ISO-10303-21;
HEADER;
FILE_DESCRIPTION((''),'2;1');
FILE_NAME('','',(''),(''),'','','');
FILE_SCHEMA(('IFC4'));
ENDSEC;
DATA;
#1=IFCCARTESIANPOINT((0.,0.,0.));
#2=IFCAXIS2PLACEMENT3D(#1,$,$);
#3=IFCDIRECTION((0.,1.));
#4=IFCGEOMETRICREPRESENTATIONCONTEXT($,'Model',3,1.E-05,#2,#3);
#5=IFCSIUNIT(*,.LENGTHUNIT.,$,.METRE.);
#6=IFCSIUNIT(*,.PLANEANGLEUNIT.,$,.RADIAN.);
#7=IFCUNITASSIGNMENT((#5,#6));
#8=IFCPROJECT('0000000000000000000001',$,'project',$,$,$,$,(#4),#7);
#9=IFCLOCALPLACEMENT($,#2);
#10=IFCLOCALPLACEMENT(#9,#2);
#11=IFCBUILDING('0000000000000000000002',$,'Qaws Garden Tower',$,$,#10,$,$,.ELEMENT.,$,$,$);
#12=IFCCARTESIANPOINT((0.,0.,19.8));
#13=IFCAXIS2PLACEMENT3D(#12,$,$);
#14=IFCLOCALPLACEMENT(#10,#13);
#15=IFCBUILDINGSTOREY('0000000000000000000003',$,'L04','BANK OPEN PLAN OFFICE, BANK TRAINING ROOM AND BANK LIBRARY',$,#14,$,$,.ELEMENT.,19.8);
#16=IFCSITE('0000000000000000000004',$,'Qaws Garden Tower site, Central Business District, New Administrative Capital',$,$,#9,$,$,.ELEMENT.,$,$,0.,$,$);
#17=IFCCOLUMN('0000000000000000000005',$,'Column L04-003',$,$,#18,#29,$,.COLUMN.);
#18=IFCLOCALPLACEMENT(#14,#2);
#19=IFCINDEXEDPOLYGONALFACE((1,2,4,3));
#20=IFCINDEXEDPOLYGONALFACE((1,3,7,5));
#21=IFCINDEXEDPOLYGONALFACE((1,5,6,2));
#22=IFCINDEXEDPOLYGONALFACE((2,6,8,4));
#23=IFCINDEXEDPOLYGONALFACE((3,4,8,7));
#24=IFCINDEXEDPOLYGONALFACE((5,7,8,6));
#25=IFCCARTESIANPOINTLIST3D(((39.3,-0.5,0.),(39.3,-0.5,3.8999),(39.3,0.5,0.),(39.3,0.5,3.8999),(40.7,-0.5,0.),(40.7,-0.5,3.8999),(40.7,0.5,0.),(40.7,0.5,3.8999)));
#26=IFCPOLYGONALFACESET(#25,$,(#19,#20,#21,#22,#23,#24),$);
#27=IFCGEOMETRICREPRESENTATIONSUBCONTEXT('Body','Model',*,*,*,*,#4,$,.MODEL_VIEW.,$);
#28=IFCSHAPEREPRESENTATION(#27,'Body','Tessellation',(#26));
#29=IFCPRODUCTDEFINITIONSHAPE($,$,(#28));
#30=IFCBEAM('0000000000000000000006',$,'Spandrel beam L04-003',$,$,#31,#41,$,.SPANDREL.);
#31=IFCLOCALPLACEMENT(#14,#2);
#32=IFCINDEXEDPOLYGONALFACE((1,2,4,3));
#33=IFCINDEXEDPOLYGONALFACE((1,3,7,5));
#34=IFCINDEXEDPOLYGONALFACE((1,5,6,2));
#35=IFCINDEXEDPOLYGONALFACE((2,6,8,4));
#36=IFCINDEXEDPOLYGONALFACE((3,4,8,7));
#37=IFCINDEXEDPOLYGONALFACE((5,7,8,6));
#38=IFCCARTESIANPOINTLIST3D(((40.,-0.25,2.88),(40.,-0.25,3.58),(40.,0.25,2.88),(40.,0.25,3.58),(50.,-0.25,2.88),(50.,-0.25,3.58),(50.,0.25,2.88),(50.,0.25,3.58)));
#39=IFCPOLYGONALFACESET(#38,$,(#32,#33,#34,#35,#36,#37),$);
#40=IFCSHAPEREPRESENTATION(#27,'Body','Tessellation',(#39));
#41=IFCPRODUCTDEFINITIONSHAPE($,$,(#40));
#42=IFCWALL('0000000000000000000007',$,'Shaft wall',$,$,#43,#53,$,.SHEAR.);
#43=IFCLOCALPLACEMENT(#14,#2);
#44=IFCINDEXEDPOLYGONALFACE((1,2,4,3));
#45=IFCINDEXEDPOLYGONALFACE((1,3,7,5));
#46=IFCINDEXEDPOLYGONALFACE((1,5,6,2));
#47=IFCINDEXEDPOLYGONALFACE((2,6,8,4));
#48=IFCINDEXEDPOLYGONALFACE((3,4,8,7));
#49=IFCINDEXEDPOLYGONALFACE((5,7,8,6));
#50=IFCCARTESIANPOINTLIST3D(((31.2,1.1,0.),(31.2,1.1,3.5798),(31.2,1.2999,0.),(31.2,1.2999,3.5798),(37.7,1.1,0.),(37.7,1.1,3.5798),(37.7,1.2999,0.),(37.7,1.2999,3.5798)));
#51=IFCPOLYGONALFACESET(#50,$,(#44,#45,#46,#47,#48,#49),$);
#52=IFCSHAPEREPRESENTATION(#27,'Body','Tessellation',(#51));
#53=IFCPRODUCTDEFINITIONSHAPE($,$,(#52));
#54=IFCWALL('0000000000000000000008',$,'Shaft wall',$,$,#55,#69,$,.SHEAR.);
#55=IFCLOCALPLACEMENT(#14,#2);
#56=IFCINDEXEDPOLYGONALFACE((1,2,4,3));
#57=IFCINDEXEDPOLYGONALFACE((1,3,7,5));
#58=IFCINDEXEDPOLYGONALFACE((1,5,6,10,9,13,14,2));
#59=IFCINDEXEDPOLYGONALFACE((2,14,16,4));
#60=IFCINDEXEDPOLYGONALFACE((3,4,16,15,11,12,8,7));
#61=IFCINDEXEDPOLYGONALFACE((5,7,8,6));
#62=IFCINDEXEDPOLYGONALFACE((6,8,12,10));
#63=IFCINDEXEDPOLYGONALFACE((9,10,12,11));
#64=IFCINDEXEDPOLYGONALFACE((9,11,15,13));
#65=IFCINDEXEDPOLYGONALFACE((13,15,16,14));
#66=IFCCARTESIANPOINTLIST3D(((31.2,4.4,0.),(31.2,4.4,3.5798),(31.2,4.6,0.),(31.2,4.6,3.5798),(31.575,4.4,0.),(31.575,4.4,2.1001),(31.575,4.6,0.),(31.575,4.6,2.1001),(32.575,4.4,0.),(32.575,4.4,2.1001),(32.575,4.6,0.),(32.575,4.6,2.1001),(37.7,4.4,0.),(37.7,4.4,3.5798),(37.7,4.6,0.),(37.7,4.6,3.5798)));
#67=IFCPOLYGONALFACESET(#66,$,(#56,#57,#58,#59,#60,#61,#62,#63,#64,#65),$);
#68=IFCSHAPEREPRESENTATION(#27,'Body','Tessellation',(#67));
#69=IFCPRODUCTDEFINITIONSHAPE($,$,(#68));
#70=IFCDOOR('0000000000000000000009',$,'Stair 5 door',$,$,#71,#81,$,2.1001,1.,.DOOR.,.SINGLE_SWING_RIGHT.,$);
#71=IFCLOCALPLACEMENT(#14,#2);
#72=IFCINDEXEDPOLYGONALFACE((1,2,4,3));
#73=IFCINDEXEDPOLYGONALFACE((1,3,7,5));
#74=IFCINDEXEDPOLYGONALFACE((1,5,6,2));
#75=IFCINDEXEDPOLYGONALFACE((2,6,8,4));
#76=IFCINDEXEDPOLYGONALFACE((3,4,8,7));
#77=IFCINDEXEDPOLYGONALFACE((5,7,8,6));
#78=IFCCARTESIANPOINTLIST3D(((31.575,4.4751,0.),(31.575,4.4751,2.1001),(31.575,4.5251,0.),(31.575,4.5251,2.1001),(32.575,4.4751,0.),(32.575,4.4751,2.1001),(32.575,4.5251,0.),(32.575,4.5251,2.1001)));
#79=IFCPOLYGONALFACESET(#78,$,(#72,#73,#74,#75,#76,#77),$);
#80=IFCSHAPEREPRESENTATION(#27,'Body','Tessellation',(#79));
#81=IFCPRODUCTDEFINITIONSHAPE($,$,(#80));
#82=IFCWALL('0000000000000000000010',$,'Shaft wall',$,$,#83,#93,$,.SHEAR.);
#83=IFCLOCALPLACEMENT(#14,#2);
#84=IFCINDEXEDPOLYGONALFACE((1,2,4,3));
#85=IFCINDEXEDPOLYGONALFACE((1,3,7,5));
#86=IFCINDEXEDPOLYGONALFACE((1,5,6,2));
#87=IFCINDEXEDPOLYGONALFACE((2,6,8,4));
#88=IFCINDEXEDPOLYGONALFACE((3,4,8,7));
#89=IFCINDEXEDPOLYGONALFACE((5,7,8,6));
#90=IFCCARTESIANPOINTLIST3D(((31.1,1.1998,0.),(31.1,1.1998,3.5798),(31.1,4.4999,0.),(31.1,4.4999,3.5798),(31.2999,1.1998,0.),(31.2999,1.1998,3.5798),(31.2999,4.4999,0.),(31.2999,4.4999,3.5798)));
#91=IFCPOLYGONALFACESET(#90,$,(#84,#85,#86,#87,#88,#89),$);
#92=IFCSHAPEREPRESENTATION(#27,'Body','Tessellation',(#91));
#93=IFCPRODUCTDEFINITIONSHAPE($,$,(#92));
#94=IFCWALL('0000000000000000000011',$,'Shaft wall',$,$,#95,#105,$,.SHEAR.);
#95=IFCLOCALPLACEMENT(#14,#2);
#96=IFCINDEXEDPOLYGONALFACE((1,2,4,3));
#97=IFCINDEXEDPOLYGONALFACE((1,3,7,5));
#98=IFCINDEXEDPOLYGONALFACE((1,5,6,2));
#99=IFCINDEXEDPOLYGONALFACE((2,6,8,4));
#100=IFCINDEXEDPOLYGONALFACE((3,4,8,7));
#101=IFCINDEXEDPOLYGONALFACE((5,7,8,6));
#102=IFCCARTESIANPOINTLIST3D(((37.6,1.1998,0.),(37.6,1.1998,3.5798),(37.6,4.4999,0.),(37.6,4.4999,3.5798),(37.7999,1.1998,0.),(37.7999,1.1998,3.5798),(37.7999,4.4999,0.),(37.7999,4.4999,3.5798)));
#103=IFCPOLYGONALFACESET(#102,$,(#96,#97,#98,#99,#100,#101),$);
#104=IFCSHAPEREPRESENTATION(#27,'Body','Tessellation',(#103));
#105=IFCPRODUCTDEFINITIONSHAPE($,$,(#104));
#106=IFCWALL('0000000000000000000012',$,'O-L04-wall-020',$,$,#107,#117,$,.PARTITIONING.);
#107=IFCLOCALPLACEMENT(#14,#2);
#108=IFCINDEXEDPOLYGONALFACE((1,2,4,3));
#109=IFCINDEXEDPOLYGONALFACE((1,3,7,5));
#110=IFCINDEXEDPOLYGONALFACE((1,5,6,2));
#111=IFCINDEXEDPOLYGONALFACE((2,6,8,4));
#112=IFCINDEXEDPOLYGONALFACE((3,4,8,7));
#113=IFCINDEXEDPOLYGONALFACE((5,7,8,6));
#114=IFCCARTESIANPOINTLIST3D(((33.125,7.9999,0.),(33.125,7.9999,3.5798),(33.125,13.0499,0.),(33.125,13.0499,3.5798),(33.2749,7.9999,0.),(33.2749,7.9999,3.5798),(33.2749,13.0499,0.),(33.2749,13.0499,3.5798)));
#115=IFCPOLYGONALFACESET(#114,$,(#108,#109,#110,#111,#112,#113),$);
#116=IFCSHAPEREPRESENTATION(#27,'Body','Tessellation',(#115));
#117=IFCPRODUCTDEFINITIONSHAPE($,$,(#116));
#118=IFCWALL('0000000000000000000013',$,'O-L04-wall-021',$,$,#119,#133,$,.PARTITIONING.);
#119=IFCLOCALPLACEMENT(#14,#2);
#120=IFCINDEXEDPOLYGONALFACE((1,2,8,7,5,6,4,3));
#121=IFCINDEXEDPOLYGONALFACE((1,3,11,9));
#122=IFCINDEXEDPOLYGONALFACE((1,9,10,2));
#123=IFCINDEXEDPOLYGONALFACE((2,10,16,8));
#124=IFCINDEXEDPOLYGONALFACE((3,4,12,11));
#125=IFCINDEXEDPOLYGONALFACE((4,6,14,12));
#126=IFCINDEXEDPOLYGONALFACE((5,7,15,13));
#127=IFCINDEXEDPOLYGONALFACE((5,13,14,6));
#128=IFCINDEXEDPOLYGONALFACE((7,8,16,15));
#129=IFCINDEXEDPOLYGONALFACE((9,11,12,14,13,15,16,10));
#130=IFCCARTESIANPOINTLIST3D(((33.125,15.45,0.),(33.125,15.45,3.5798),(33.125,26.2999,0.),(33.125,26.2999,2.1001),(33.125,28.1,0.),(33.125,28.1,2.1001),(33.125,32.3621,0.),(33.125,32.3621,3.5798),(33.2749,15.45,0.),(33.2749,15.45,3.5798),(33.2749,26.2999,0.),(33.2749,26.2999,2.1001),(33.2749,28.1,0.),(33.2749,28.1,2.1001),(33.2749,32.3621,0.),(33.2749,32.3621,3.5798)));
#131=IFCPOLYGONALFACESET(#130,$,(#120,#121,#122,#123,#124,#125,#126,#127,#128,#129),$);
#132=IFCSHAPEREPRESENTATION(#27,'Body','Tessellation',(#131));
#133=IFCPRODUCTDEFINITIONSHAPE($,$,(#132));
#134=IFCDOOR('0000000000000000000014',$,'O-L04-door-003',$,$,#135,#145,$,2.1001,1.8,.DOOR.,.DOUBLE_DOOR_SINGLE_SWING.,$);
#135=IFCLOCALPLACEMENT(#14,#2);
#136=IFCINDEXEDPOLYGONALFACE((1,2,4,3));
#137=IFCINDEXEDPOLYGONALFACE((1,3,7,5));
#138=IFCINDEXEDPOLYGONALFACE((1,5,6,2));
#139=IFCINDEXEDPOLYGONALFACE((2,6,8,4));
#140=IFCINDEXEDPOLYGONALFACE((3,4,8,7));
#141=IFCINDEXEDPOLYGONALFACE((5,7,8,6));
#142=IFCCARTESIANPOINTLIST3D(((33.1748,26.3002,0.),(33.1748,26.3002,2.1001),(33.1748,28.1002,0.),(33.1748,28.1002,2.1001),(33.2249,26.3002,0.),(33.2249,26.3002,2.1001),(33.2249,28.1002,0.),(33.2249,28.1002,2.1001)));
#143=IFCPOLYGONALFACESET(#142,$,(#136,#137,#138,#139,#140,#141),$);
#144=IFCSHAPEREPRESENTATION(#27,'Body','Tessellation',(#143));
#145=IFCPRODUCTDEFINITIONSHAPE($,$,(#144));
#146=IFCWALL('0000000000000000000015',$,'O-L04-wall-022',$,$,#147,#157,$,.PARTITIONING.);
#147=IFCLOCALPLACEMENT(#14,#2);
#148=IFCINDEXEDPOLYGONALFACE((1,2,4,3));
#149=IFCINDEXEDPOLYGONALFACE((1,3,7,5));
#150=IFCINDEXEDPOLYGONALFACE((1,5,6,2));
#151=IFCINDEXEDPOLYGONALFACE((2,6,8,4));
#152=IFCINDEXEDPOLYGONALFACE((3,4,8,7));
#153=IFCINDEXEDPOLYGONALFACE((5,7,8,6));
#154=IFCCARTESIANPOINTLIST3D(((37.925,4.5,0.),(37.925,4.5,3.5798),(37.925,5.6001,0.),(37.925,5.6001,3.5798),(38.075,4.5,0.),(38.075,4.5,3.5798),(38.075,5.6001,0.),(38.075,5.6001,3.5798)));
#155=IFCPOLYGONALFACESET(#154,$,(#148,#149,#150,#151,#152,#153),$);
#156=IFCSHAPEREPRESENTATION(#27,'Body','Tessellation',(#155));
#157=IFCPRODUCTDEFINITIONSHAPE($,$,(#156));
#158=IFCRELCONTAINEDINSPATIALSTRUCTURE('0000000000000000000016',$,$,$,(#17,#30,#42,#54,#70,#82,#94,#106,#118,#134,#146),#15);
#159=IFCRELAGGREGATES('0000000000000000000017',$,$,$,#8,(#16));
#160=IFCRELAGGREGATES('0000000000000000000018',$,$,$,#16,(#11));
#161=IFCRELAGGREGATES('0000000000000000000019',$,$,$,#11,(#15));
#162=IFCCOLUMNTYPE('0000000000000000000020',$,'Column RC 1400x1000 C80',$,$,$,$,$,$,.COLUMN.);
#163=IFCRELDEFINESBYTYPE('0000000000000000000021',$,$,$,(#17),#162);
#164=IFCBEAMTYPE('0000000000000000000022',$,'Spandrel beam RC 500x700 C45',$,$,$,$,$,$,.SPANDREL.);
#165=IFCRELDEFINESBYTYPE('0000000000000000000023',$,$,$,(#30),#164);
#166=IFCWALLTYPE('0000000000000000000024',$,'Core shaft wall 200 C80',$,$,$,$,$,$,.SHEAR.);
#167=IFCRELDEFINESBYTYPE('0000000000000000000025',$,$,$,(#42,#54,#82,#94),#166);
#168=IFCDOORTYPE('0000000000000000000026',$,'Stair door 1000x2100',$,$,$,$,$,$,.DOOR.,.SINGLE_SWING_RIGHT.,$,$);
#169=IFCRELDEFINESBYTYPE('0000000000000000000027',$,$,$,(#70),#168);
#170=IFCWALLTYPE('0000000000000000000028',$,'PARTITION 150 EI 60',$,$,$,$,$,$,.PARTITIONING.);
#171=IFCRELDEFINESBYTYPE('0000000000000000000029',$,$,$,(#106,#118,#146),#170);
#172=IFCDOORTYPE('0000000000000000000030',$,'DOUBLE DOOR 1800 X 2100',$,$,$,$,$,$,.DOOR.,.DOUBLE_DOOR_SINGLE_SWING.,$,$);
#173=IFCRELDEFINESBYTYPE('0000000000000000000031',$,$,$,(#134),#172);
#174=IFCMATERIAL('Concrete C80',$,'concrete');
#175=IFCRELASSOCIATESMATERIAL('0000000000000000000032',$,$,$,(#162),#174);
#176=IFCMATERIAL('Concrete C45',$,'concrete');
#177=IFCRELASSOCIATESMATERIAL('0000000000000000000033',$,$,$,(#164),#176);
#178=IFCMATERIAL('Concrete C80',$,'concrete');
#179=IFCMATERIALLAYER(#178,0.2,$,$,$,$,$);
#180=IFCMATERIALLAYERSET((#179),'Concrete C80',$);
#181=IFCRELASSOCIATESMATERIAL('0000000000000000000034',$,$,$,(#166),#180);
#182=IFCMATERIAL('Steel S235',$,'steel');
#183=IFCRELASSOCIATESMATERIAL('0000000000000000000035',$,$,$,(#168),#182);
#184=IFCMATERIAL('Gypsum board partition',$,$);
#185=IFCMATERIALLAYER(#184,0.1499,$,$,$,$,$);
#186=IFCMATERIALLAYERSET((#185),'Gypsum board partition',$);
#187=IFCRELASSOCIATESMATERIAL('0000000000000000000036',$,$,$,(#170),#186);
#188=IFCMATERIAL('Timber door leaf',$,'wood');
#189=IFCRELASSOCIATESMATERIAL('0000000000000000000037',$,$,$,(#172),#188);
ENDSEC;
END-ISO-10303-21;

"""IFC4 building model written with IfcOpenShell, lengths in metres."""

from ifc_helpers import new_model, si_unit, direction, frame, frame_2d, origin, origin_2d, place, context, subcontext, project, spatial, rectangle, extrude, material, layer, layer_set, material_profile, profile_set, type_object, element, fill, save


model = new_model("IFC4")

# Units and contexts
model_context = context("Model", 3, precision=1e-05, world=origin(), true_north=direction((0.0, 1.0)))
body_context = subcontext(model_context, "Body", "Model", "MODEL_VIEW")
ifc_project = project(units=[si_unit("LENGTHUNIT", "METRE"), si_unit("PLANEANGLEUNIT", "RADIAN")], contexts=[model_context])

# Site, building, storey
site_placement = place(None, origin())
site = spatial("IfcSite", under=ifc_project, at=site_placement, Name="Qaws Garden Tower site, Central Business District, New Administrative Capital", CompositionType="ELEMENT", RefElevation=0.0)
building_placement = place(site_placement, origin())
building = spatial("IfcBuilding", under=site, at=building_placement, Name="Qaws Garden Tower", CompositionType="ELEMENT")
storey_placement = place(building_placement, frame((0.0, 0.0, 19.8)))
storey = spatial("IfcBuildingStorey", under=building, at=storey_placement, Name="L04", Description="BANK OPEN PLAN OFFICE, BANK TRAINING ROOM AND BANK LIBRARY", CompositionType="ELEMENT", Elevation=19.8)

# Column
ifc_material_1 = material(Name="Concrete C80", Category="concrete")
ifc_material_profile_1 = material_profile(ifc_material_1, rectangle(XDim=1.3999, YDim=1.0, at=origin_2d()), Name="RC 1400x1000")
ifc_profile_set_1 = profile_set([ifc_material_profile_1], Name="Concrete C80")
column_type = type_object("IfcColumnType", Name="Column RC 1400x1000 C80", PredefinedType="COLUMN", material=ifc_profile_set_1)
column_placement = place(storey_placement, frame((40.0, 0.0, 0.0), z_axis=(0.0, 0.0, 1.0), x_axis=(1.0, 0.0, 0.0)))
element("IfcColumn", 1, at=column_placement, inside=storey, type_object=column_type, Name="Column L04-003", PredefinedType="COLUMN", context=body_context, shape_type="SweptSolid", body=[
    extrude(rectangle(XDim=1.3999, YDim=1.0, at=origin_2d()), origin(), (0.0, 0.0, 1.0), 3.8999),
])

# Beam
ifc_material_2 = material(Name="Concrete C45", Category="concrete")
ifc_material_profile_2 = material_profile(ifc_material_2, rectangle(XDim=0.5, YDim=0.7, at=origin_2d()), Name="RC 500x700")
ifc_profile_set_2 = profile_set([ifc_material_profile_2], Name="Concrete C45")
beam_type = type_object("IfcBeamType", Name="Spandrel beam RC 500x700 C45", PredefinedType="SPANDREL", material=ifc_profile_set_2)
beam_placement = place(storey_placement, frame((40.0, 0.0, 3.23), z_axis=(1.0, 0.0, 0.0), x_axis=(0.0, 1.0, 0.0)))
element("IfcBeam", 2, at=beam_placement, inside=storey, type_object=beam_type, Name="Spandrel beam L04-003", PredefinedType="SPANDREL", context=body_context, shape_type="SweptSolid", body=[
    extrude(rectangle(XDim=0.5, YDim=0.7, at=origin_2d()), origin(), (0.0, 0.0, 1.0), 10.0),
])

# Wall
ifc_material_3 = material(Name="Concrete C80", Category="concrete")
ifc_layer_1 = layer(ifc_material_3, 0.2)
ifc_layer_set_1 = layer_set([ifc_layer_1], Name="Concrete C80")
wall_type_1 = type_object("IfcWallType", Name="Core shaft wall 200 C80", PredefinedType="SHEAR", material=ifc_layer_set_1)
wall_1_placement = place(storey_placement, frame((31.2, 1.2, 0.0), z_axis=(0.0, 0.0, 1.0), x_axis=(1.0, 0.0, 0.0)))
element("IfcWall", 3, at=wall_1_placement, inside=storey, type_object=wall_type_1, Name="Shaft wall", PredefinedType="SHEAR", context=body_context, shape_type="SweptSolid", body=[
    extrude(rectangle(XDim=6.5, YDim=0.2, at=frame_2d((3.25, 0.0))), origin(), (0.0, 0.0, 1.0), 3.5798),
])

# Wall, opening, door
wall_2_placement = place(storey_placement, frame((31.2, 4.5, 0.0), z_axis=(0.0, 0.0, 1.0), x_axis=(1.0, 0.0, 0.0)))
wall_2 = element("IfcWall", 4, at=wall_2_placement, inside=storey, type_object=wall_type_1, Name="Shaft wall", PredefinedType="SHEAR", context=body_context, shape_type="SweptSolid", body=[
    extrude(rectangle(XDim=6.5, YDim=0.2, at=frame_2d((3.25, 0.0))), origin(), (0.0, 0.0, 1.0), 3.5798),
])
opening_1_placement = place(wall_2_placement, frame((0.375, 0.0, 0.0)))
opening_1 = element("IfcOpeningElement", 5, at=opening_1_placement, cuts=wall_2, PredefinedType="OPENING", context=body_context, shape_type="SweptSolid", body=[
    extrude(rectangle(XDim=1.0, YDim=2.1001, at=frame_2d((0.5, 1.05))), frame((0.0, 0.1099, 0.0), z_axis=(0.0, -1.0, 0.0), x_axis=(1.0, 0.0, 0.0)), (0.0, 0.0, 1.0), 0.22),
])
ifc_material_4 = material(Name="Steel S235", Category="steel")
door_type_1 = type_object("IfcDoorType", Name="Stair door 1000x2100", OperationType="SINGLE_SWING_RIGHT", PredefinedType="DOOR", material=ifc_material_4)
door_1_placement = place(opening_1_placement, frame((1.0, 0.0, 0.0), z_axis=(0.0, 0.0, 1.0), x_axis=(-1.0, 0.0, 0.0)))
door_1 = element("IfcDoor", 6, at=door_1_placement, inside=storey, type_object=door_type_1, Name="Stair 5 door", OperationType="SINGLE_SWING_RIGHT", OverallHeight=2.1001, OverallWidth=1.0, PredefinedType="DOOR", context=body_context, shape_type="SweptSolid", body=[
    extrude(rectangle(XDim=1.0, YDim=2.1001, at=frame_2d((0.5, 1.05))), frame((0.0, 0.0249, 0.0), z_axis=(0.0, -1.0, 0.0), x_axis=(1.0, 0.0, 0.0)), (0.0, 0.0, 1.0), 0.05),
])
fill(opening_1, door_1)

# Walls
for number, where, z_axis, x_axis, name in (
    (7, (31.2, 1.2, 0.0), (0.0, 0.0, 1.0), (0.0, 1.0, 0.0), "Shaft wall"),
    (8, (37.7, 1.2, 0.0), (0.0, 0.0, 1.0), (0.0, 1.0, 0.0), "Shaft wall"),
):
    element("IfcWall", number, at=place(storey_placement, frame(where, z_axis=z_axis, x_axis=x_axis)), inside=storey, type_object=wall_type_1, Name=name, PredefinedType="SHEAR", context=body_context, shape_type="SweptSolid", body=[
        extrude(rectangle(XDim=3.3, YDim=0.2, at=frame_2d((1.6499, 0.0))), origin(), (0.0, 0.0, 1.0), 3.5798),
    ])
ifc_material_5 = material(Name="Gypsum board partition")
ifc_layer_2 = layer(ifc_material_5, 0.1499)
ifc_layer_set_2 = layer_set([ifc_layer_2], Name="Gypsum board partition")
wall_type_2 = type_object("IfcWallType", Name="PARTITION 150 EI 60", PredefinedType="PARTITIONING", material=ifc_layer_set_2)
wall_3_placement = place(storey_placement, frame((33.2, 8.0, 0.0), z_axis=(0.0, 0.0, 1.0), x_axis=(0.0, 1.0, 0.0)))
element("IfcWall", 9, at=wall_3_placement, inside=storey, type_object=wall_type_2, Name="O-L04-wall-020", PredefinedType="PARTITIONING", context=body_context, shape_type="SweptSolid", body=[
    extrude(rectangle(XDim=5.05, YDim=0.1499, at=frame_2d((2.5249, 0.0))), origin(), (0.0, 0.0, 1.0), 3.5798),
])

# Wall, opening, door
wall_4_placement = place(storey_placement, frame((33.2, 15.45, 0.0), z_axis=(0.0, 0.0, 1.0), x_axis=(0.0, 1.0, 0.0)))
wall_4 = element("IfcWall", 10, at=wall_4_placement, inside=storey, type_object=wall_type_2, Name="O-L04-wall-021", PredefinedType="PARTITIONING", context=body_context, shape_type="SweptSolid", body=[
    extrude(rectangle(XDim=16.9121, YDim=0.1499, at=frame_2d((8.4561, 0.0))), origin(), (0.0, 0.0, 1.0), 3.5798),
])
opening_2_placement = place(wall_4_placement, frame((10.8501, 0.0, 0.0)))
opening_2 = element("IfcOpeningElement", 11, at=opening_2_placement, cuts=wall_4, PredefinedType="OPENING", context=body_context, shape_type="SweptSolid", body=[
    extrude(rectangle(XDim=1.8, YDim=2.1001, at=frame_2d((0.8999, 1.05))), frame((0.0, 0.085, 0.0), z_axis=(0.0, -1.0, 0.0), x_axis=(1.0, 0.0, 0.0)), (0.0, 0.0, 1.0), 0.1699),
])
ifc_material_6 = material(Name="Timber door leaf", Category="wood")
door_type_2 = type_object("IfcDoorType", Name="DOUBLE DOOR 1800 X 2100", OperationType="DOUBLE_DOOR_SINGLE_SWING", PredefinedType="DOOR", material=ifc_material_6)
door_2_placement = place(opening_2_placement, frame((1.8, 0.0, 0.0), z_axis=(0.0, 0.0, 1.0), x_axis=(-1.0, 0.0, 0.0)))
door_2 = element("IfcDoor", 12, at=door_2_placement, inside=storey, type_object=door_type_2, Name="O-L04-door-003", OperationType="DOUBLE_DOOR_SINGLE_SWING", OverallHeight=2.1001, OverallWidth=1.8, PredefinedType="DOOR", context=body_context, shape_type="SweptSolid", body=[
    extrude(rectangle(XDim=1.8, YDim=2.1001, at=frame_2d((0.8999, 1.05))), frame((0.0, 0.0249, 0.0), z_axis=(0.0, -1.0, 0.0), x_axis=(1.0, 0.0, 0.0)), (0.0, 0.0, 1.0), 0.05),
])
fill(opening_2, door_2)

# Wall
wall_5_placement = place(storey_placement, frame((38.0, 4.5, 0.0), z_axis=(0.0, 0.0, 1.0), x_axis=(0.0, 1.0, 0.0)))
element("IfcWall", 13, at=wall_5_placement, inside=storey, type_object=wall_type_2, Name="O-L04-wall-022", PredefinedType="PARTITIONING", context=body_context, shape_type="SweptSolid", body=[
    extrude(rectangle(XDim=1.1001, YDim=0.1499, at=frame_2d((0.55, 0.0))), origin(), (0.0, 0.0, 1.0), 3.5798),
])

save(model, "model.ifc")
